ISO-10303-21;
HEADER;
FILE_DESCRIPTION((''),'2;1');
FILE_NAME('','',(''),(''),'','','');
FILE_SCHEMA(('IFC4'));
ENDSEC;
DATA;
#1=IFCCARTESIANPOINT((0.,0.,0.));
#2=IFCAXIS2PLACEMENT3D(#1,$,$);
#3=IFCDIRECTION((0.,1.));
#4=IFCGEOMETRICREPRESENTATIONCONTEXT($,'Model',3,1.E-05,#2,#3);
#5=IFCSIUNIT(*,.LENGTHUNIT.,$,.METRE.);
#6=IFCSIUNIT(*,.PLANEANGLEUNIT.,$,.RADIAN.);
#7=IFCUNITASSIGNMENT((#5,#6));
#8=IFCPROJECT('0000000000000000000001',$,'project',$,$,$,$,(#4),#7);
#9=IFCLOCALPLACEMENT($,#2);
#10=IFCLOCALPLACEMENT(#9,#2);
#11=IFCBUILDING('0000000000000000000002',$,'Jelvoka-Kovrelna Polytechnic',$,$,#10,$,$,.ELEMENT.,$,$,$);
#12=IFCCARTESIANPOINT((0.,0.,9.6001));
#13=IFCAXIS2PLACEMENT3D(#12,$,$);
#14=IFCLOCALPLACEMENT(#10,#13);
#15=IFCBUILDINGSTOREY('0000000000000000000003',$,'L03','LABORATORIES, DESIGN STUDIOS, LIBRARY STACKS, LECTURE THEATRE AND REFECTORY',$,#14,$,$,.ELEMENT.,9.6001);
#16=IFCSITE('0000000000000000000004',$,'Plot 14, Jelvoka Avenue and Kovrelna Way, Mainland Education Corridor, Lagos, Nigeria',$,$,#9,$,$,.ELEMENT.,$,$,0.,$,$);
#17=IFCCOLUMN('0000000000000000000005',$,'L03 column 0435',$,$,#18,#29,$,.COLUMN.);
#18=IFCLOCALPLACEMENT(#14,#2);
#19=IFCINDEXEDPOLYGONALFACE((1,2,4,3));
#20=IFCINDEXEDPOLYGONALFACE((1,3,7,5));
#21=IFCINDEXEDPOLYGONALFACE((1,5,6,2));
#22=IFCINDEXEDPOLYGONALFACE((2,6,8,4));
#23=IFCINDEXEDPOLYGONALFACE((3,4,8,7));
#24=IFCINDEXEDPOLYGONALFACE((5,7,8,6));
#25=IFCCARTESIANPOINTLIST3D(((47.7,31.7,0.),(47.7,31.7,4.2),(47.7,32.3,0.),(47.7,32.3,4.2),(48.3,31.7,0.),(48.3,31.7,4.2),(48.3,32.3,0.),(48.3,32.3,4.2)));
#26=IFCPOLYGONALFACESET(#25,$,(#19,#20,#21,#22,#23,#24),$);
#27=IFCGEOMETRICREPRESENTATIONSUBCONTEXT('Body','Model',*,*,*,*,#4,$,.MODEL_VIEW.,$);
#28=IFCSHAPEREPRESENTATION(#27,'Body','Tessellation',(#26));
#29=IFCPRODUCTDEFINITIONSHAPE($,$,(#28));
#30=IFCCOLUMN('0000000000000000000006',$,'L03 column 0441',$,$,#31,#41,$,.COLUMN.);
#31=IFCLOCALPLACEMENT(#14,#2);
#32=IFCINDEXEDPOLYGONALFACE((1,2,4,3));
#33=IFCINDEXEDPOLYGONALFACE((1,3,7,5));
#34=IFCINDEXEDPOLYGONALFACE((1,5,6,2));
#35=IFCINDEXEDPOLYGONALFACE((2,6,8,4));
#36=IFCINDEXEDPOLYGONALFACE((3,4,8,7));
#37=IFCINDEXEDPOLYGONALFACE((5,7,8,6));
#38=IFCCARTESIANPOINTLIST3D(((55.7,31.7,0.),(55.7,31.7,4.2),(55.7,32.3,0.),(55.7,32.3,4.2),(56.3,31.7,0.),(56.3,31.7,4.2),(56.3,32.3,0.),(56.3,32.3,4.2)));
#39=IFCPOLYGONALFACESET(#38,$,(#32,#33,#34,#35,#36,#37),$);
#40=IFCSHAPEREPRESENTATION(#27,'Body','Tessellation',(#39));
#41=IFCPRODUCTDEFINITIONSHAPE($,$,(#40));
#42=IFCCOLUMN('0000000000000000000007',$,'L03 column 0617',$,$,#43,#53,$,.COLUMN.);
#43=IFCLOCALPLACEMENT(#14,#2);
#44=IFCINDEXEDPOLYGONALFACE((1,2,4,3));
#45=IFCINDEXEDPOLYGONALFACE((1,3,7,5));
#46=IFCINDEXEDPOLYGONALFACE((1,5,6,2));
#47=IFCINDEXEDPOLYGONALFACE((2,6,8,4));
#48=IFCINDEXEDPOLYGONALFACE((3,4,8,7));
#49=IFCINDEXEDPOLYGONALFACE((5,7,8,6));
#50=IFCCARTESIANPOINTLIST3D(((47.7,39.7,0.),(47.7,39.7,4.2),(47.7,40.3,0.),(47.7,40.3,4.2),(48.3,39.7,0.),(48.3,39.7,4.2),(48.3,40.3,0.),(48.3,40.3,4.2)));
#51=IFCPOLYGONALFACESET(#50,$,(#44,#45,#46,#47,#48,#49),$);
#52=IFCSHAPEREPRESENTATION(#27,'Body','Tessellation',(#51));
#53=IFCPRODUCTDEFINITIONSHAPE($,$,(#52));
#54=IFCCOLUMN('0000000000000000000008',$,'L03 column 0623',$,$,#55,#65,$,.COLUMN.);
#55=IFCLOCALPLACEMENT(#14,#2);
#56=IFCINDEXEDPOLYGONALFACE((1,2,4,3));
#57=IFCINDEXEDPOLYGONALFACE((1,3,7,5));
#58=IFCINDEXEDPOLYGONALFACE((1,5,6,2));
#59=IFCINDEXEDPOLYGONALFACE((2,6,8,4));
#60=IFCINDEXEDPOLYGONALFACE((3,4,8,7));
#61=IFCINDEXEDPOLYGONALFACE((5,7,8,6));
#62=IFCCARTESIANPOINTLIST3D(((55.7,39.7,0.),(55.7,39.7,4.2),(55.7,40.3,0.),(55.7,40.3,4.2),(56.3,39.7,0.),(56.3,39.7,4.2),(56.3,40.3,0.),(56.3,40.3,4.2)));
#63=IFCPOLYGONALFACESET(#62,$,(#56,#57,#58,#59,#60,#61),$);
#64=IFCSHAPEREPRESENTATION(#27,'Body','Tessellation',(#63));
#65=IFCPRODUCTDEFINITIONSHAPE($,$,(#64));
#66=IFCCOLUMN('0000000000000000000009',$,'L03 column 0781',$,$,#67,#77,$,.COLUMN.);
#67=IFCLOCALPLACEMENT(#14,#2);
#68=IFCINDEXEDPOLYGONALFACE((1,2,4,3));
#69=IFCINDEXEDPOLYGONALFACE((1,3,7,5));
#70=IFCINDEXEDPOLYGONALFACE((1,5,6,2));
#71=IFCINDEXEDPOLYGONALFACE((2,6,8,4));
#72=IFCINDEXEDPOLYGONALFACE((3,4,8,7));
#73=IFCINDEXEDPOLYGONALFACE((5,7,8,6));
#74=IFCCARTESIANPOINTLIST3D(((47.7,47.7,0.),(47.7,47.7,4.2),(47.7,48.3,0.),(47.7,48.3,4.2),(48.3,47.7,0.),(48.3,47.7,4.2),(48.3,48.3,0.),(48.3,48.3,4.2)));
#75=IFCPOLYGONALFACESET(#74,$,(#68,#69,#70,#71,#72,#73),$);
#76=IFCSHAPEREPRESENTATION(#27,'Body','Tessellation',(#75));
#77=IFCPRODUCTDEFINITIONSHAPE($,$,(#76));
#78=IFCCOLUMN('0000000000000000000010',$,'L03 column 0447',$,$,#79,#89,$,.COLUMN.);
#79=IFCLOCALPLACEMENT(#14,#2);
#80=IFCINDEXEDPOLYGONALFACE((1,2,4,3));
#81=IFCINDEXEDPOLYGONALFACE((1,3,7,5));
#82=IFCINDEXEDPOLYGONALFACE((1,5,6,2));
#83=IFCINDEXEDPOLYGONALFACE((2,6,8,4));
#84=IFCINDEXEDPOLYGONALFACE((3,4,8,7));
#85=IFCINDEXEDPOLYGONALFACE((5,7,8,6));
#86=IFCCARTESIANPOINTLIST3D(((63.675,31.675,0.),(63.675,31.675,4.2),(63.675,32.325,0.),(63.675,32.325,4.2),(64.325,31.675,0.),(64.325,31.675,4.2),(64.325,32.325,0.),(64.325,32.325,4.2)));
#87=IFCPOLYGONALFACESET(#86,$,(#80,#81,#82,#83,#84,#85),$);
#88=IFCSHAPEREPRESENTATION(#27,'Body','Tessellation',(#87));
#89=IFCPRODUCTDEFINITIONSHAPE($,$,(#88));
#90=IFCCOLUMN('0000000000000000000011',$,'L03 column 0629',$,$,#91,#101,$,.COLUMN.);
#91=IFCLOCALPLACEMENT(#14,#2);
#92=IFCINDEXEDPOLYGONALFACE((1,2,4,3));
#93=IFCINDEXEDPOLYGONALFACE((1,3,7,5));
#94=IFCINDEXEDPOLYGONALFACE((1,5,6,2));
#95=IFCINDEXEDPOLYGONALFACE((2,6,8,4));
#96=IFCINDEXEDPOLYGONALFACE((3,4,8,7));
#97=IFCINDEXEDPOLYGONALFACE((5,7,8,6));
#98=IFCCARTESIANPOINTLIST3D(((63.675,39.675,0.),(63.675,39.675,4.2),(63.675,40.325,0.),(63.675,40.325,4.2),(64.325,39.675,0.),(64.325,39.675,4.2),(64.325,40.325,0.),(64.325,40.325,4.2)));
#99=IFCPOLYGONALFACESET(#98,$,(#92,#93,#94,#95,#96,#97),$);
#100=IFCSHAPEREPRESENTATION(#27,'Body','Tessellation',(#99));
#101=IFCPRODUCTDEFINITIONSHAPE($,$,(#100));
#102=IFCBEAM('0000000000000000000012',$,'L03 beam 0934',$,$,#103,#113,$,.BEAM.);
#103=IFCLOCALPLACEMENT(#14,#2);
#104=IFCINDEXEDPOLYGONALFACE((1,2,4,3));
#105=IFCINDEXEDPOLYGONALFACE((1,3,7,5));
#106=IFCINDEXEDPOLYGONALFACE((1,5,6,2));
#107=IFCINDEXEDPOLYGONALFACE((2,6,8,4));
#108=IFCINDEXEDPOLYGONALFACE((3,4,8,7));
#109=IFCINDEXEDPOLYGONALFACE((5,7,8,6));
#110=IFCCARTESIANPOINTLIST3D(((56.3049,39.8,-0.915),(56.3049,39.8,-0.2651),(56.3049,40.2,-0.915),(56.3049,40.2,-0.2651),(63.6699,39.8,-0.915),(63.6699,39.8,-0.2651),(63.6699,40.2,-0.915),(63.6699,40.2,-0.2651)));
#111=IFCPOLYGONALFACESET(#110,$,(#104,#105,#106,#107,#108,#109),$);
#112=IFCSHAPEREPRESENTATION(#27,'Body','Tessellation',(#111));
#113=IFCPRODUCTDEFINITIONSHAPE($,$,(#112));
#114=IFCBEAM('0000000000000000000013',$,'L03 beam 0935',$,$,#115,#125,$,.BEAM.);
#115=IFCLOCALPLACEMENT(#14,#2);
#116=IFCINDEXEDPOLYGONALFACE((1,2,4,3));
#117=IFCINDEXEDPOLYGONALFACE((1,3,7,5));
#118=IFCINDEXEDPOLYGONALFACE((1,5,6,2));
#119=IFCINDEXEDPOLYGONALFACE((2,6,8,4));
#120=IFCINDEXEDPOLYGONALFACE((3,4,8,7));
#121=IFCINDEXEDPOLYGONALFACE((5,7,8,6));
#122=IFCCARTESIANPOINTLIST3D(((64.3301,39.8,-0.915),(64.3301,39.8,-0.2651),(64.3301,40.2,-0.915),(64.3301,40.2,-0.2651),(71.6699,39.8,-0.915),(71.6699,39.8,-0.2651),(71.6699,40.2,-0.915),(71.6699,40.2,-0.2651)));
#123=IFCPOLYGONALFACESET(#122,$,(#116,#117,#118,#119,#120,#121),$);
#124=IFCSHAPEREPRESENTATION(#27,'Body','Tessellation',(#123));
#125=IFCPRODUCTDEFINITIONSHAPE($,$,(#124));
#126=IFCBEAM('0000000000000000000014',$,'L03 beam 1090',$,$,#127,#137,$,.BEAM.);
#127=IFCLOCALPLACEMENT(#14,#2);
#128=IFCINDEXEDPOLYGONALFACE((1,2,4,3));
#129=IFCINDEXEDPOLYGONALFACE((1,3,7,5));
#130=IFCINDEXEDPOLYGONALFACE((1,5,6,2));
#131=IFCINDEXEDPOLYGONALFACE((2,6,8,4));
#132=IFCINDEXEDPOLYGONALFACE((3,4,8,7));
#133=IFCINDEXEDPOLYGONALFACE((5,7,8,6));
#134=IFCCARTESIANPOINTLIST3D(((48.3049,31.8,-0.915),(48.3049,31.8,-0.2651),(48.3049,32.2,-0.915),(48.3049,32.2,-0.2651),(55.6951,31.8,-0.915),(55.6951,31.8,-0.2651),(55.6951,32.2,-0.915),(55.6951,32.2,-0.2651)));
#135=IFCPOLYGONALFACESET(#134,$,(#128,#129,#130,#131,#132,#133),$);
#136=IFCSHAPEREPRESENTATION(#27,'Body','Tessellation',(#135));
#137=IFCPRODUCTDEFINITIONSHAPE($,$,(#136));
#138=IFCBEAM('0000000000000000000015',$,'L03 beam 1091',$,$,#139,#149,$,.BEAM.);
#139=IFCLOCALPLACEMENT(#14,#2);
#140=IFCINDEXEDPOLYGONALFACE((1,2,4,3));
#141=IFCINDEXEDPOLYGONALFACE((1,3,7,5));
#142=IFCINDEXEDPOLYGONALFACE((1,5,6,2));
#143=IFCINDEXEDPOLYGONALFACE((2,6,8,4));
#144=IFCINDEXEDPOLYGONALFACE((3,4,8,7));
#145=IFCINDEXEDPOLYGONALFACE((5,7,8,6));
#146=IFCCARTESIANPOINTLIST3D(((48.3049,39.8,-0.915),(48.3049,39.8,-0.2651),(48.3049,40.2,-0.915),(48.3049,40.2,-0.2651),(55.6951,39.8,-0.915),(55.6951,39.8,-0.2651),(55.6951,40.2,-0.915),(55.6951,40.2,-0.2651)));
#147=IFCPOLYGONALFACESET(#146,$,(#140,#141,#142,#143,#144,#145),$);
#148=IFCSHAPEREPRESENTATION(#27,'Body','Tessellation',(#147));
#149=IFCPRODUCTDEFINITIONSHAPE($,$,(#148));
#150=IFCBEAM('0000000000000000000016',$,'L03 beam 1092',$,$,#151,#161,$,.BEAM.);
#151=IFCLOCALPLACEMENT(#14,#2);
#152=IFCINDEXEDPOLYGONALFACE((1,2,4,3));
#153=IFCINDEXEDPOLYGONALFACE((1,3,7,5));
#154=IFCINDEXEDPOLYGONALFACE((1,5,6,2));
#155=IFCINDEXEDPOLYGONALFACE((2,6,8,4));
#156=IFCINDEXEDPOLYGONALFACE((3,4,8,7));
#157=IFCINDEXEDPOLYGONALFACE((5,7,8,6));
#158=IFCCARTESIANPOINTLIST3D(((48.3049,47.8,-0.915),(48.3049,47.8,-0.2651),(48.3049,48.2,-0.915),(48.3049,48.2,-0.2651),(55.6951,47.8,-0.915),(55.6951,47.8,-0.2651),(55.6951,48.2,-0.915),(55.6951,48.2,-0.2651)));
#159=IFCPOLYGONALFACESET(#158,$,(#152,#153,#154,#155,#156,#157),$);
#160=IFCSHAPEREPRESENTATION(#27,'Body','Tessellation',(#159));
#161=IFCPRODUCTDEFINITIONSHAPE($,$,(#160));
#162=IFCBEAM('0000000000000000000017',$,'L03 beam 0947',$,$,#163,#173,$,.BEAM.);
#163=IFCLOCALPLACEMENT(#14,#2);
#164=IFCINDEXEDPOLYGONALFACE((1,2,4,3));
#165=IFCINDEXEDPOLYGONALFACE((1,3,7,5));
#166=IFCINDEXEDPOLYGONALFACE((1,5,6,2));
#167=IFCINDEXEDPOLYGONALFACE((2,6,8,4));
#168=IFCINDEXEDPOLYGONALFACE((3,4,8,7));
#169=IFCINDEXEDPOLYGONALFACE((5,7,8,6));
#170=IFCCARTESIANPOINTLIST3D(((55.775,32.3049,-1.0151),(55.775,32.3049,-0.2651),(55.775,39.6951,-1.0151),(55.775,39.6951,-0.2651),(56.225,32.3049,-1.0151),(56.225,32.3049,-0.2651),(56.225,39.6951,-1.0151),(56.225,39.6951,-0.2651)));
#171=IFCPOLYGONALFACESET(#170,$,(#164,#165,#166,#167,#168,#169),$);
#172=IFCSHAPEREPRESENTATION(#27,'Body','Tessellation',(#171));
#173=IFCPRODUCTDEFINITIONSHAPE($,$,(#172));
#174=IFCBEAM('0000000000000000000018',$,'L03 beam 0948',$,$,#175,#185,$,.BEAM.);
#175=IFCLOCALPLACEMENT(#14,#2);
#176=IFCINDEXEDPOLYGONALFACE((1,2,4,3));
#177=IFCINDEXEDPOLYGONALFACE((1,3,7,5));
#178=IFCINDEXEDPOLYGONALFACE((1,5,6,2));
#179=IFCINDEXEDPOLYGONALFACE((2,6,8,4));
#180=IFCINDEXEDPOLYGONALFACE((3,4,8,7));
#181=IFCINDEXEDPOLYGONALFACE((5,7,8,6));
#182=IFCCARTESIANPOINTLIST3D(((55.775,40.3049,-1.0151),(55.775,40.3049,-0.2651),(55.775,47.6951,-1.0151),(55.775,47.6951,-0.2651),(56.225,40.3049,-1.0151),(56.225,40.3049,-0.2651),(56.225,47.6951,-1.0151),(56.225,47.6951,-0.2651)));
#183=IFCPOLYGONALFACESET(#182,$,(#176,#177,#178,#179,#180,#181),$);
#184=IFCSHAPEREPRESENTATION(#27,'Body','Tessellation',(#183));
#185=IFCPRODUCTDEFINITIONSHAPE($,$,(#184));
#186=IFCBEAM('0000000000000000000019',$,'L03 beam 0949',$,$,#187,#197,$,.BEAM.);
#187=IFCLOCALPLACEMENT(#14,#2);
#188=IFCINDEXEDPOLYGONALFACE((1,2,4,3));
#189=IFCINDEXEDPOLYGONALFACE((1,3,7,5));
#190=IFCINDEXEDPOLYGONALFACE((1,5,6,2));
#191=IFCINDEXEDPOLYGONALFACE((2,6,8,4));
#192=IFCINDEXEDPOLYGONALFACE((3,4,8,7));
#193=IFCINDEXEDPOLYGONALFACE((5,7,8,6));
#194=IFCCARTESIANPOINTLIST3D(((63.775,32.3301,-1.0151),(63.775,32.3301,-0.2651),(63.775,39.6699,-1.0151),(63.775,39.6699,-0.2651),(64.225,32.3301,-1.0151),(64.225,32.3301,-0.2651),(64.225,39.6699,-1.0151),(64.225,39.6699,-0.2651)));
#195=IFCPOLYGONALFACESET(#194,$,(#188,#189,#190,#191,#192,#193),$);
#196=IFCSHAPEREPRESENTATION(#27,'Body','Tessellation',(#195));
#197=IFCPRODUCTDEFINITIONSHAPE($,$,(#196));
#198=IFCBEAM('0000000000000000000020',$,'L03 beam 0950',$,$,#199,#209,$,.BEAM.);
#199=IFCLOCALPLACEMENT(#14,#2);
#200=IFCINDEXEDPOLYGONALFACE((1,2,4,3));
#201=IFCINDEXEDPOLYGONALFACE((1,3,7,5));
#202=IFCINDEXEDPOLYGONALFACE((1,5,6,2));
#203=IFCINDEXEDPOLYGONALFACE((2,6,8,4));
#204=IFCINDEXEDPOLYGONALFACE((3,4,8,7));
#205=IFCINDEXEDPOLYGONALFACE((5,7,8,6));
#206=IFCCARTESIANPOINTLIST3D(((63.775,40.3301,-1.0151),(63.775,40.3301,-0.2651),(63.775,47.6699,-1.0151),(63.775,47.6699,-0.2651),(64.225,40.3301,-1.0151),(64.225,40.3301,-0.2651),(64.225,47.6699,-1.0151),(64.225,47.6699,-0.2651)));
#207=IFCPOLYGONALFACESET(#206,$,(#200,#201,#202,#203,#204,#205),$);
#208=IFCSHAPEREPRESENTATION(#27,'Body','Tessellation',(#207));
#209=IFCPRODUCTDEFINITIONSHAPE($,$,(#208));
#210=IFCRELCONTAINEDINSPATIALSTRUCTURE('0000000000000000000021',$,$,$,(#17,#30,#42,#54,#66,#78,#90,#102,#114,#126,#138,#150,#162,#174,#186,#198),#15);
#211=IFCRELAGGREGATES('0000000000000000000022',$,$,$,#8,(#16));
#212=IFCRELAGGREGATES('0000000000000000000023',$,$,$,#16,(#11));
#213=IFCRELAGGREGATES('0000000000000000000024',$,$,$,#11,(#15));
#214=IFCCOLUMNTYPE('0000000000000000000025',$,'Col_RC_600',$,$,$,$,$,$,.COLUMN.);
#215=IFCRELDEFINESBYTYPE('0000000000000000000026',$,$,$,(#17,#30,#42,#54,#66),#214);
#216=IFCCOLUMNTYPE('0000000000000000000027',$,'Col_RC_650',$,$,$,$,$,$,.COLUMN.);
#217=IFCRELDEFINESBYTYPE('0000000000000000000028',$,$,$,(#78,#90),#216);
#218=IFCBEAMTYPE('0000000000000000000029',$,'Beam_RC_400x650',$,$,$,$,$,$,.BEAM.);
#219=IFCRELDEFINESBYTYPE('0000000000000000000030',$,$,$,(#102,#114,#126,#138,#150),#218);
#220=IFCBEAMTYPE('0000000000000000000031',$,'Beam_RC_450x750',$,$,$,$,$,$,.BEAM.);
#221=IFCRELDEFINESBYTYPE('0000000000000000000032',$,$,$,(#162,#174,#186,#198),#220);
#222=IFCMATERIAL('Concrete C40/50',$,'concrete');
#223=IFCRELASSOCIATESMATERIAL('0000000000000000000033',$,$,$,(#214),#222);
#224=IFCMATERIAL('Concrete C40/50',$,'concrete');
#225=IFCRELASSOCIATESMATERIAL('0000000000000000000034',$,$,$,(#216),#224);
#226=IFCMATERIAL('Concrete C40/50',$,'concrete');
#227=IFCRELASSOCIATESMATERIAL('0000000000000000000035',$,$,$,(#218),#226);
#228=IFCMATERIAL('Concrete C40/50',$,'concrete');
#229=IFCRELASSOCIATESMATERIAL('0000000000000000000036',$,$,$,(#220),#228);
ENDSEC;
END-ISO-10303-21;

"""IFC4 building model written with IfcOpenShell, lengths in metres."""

from ifc_helpers import new_model, si_unit, direction, frame, origin, origin_2d, place, context, subcontext, project, spatial, rectangle, extrude, material, material_profile, profile_set, type_object, element, save


model = new_model("IFC4")

# Units and contexts
model_context = context("Model", 3, precision=1e-05, world=origin(), true_north=direction((0.0, 1.0)))
body_context = subcontext(model_context, "Body", "Model", "MODEL_VIEW")
ifc_project = project(units=[si_unit("LENGTHUNIT", "METRE"), si_unit("PLANEANGLEUNIT", "RADIAN")], contexts=[model_context])

# Site, building, storey
site_placement = place(None, origin())
site = spatial("IfcSite", under=ifc_project, at=site_placement, Name="Plot 14, Jelvoka Avenue and Kovrelna Way, Mainland Education Corridor, Lagos, Nigeria", CompositionType="ELEMENT", RefElevation=0.0)
building_placement = place(site_placement, origin())
building = spatial("IfcBuilding", under=site, at=building_placement, Name="Jelvoka-Kovrelna Polytechnic", CompositionType="ELEMENT")
storey_placement = place(building_placement, frame((0.0, 0.0, 9.6001)))
storey = spatial("IfcBuildingStorey", under=building, at=storey_placement, Name="L03", Description="LABORATORIES, DESIGN STUDIOS, LIBRARY STACKS, LECTURE THEATRE AND REFECTORY", CompositionType="ELEMENT", Elevation=9.6001)

# Columns
ifc_material_1 = material(Name="Concrete C40/50", Category="concrete")
ifc_material_profile_1 = material_profile(ifc_material_1, rectangle(XDim=0.6001, YDim=0.6001, at=origin_2d()), Name="RC 600x600")
ifc_profile_set_1 = profile_set([ifc_material_profile_1], Name="Concrete C40/50")
column_type_1 = type_object("IfcColumnType", Name="Col_RC_600", PredefinedType="COLUMN", material=ifc_profile_set_1)
for number, where, z_axis, x_axis, name in (
    (1, (48.0, 32.0, 0.0), (0.0, 0.0, 1.0), (1.0, 0.0, 0.0), "L03 column 0435"),
    (2, (56.0, 32.0, 0.0), (0.0, 0.0, 1.0), (1.0, 0.0, 0.0), "L03 column 0441"),
    (3, (48.0, 40.0, 0.0), (0.0, 0.0, 1.0), (1.0, 0.0, 0.0), "L03 column 0617"),
    (4, (56.0, 40.0, 0.0), (0.0, 0.0, 1.0), (1.0, 0.0, 0.0), "L03 column 0623"),
    (5, (48.0, 48.0, 0.0), (0.0, 0.0, 1.0), (1.0, 0.0, 0.0), "L03 column 0781"),
):
    element("IfcColumn", number, at=place(storey_placement, frame(where, z_axis=z_axis, x_axis=x_axis)), inside=storey, type_object=column_type_1, Name=name, PredefinedType="COLUMN", context=body_context, shape_type="SweptSolid", body=[
        extrude(rectangle(XDim=0.6001, YDim=0.6001, at=origin_2d()), origin(), (0.0, 0.0, 1.0), 4.2),
    ])
ifc_material_2 = material(Name="Concrete C40/50", Category="concrete")
ifc_material_profile_2 = material_profile(ifc_material_2, rectangle(XDim=0.6499, YDim=0.6499, at=origin_2d()), Name="RC 650x650")
ifc_profile_set_2 = profile_set([ifc_material_profile_2], Name="Concrete C40/50")
column_type_2 = type_object("IfcColumnType", Name="Col_RC_650", PredefinedType="COLUMN", material=ifc_profile_set_2)
for number, where, z_axis, x_axis, name in (
    (6, (64.0, 32.0, 0.0), (0.0, 0.0, 1.0), (1.0, 0.0, 0.0), "L03 column 0447"),
    (7, (64.0, 40.0, 0.0), (0.0, 0.0, 1.0), (1.0, 0.0, 0.0), "L03 column 0629"),
):
    element("IfcColumn", number, at=place(storey_placement, frame(where, z_axis=z_axis, x_axis=x_axis)), inside=storey, type_object=column_type_2, Name=name, PredefinedType="COLUMN", context=body_context, shape_type="SweptSolid", body=[
        extrude(rectangle(XDim=0.6499, YDim=0.6499, at=origin_2d()), origin(), (0.0, 0.0, 1.0), 4.2),
    ])

# Beams
ifc_material_3 = material(Name="Concrete C40/50", Category="concrete")
ifc_material_profile_3 = material_profile(ifc_material_3, rectangle(XDim=0.3999, YDim=0.6499, at=origin_2d()), Name="RC 400x650")
ifc_profile_set_3 = profile_set([ifc_material_profile_3], Name="Concrete C40/50")
beam_type_1 = type_object("IfcBeamType", Name="Beam_RC_400x650", PredefinedType="BEAM", material=ifc_profile_set_3)
beam_1_placement = place(storey_placement, frame((56.3049, 40.0, -0.5901), z_axis=(1.0, 0.0, 0.0), x_axis=(0.0, 1.0, 0.0)))
element("IfcBeam", 8, at=beam_1_placement, inside=storey, type_object=beam_type_1, Name="L03 beam 0934", PredefinedType="BEAM", context=body_context, shape_type="SweptSolid", body=[
    extrude(rectangle(XDim=0.3999, YDim=0.6499, at=origin_2d()), origin(), (0.0, 0.0, 1.0), 7.365),
])
beam_2_placement = place(storey_placement, frame((64.3301, 40.0, -0.5901), z_axis=(1.0, 0.0, 0.0), x_axis=(0.0, 1.0, 0.0)))
element("IfcBeam", 9, at=beam_2_placement, inside=storey, type_object=beam_type_1, Name="L03 beam 0935", PredefinedType="BEAM", context=body_context, shape_type="SweptSolid", body=[
    extrude(rectangle(XDim=0.3999, YDim=0.6499, at=origin_2d()), origin(), (0.0, 0.0, 1.0), 7.3398),
])
for number, where, z_axis, x_axis, name in (
    (10, (48.3049, 32.0, -0.5901), (1.0, 0.0, 0.0), (0.0, 1.0, 0.0), "L03 beam 1090"),
    (11, (48.3049, 40.0, -0.5901), (1.0, 0.0, 0.0), (0.0, 1.0, 0.0), "L03 beam 1091"),
    (12, (48.3049, 48.0, -0.5901), (1.0, 0.0, 0.0), (0.0, 1.0, 0.0), "L03 beam 1092"),
):
    element("IfcBeam", number, at=place(storey_placement, frame(where, z_axis=z_axis, x_axis=x_axis)), inside=storey, type_object=beam_type_1, Name=name, PredefinedType="BEAM", context=body_context, shape_type="SweptSolid", body=[
        extrude(rectangle(XDim=0.3999, YDim=0.6499, at=origin_2d()), origin(), (0.0, 0.0, 1.0), 7.3901),
    ])
ifc_material_4 = material(Name="Concrete C40/50", Category="concrete")
ifc_material_profile_4 = material_profile(ifc_material_4, rectangle(XDim=0.45, YDim=0.75, at=origin_2d()), Name="RC 450x750")
ifc_profile_set_4 = profile_set([ifc_material_profile_4], Name="Concrete C40/50")
beam_type_2 = type_object("IfcBeamType", Name="Beam_RC_450x750", PredefinedType="BEAM", material=ifc_profile_set_4)
for number, where, z_axis, x_axis, name in (
    (13, (56.0, 32.3049, -0.6401), (0.0, 1.0, 0.0), (-1.0, 0.0, 0.0), "L03 beam 0947"),
    (14, (56.0, 40.3049, -0.6401), (0.0, 1.0, 0.0), (-1.0, 0.0, 0.0), "L03 beam 0948"),
):
    element("IfcBeam", number, at=place(storey_placement, frame(where, z_axis=z_axis, x_axis=x_axis)), inside=storey, type_object=beam_type_2, Name=name, PredefinedType="BEAM", context=body_context, shape_type="SweptSolid", body=[
        extrude(rectangle(XDim=0.45, YDim=0.75, at=origin_2d()), origin(), (0.0, 0.0, 1.0), 7.3901),
    ])
for number, where, z_axis, x_axis, name in (
    (15, (64.0, 32.3301, -0.6401), (0.0, 1.0, 0.0), (-1.0, 0.0, 0.0), "L03 beam 0949"),
    (16, (64.0, 40.3301, -0.6401), (0.0, 1.0, 0.0), (-1.0, 0.0, 0.0), "L03 beam 0950"),
):
    element("IfcBeam", number, at=place(storey_placement, frame(where, z_axis=z_axis, x_axis=x_axis)), inside=storey, type_object=beam_type_2, Name=name, PredefinedType="BEAM", context=body_context, shape_type="SweptSolid", body=[
        extrude(rectangle(XDim=0.45, YDim=0.75, at=origin_2d()), origin(), (0.0, 0.0, 1.0), 7.3398),
    ])

save(model, "model.ifc")
